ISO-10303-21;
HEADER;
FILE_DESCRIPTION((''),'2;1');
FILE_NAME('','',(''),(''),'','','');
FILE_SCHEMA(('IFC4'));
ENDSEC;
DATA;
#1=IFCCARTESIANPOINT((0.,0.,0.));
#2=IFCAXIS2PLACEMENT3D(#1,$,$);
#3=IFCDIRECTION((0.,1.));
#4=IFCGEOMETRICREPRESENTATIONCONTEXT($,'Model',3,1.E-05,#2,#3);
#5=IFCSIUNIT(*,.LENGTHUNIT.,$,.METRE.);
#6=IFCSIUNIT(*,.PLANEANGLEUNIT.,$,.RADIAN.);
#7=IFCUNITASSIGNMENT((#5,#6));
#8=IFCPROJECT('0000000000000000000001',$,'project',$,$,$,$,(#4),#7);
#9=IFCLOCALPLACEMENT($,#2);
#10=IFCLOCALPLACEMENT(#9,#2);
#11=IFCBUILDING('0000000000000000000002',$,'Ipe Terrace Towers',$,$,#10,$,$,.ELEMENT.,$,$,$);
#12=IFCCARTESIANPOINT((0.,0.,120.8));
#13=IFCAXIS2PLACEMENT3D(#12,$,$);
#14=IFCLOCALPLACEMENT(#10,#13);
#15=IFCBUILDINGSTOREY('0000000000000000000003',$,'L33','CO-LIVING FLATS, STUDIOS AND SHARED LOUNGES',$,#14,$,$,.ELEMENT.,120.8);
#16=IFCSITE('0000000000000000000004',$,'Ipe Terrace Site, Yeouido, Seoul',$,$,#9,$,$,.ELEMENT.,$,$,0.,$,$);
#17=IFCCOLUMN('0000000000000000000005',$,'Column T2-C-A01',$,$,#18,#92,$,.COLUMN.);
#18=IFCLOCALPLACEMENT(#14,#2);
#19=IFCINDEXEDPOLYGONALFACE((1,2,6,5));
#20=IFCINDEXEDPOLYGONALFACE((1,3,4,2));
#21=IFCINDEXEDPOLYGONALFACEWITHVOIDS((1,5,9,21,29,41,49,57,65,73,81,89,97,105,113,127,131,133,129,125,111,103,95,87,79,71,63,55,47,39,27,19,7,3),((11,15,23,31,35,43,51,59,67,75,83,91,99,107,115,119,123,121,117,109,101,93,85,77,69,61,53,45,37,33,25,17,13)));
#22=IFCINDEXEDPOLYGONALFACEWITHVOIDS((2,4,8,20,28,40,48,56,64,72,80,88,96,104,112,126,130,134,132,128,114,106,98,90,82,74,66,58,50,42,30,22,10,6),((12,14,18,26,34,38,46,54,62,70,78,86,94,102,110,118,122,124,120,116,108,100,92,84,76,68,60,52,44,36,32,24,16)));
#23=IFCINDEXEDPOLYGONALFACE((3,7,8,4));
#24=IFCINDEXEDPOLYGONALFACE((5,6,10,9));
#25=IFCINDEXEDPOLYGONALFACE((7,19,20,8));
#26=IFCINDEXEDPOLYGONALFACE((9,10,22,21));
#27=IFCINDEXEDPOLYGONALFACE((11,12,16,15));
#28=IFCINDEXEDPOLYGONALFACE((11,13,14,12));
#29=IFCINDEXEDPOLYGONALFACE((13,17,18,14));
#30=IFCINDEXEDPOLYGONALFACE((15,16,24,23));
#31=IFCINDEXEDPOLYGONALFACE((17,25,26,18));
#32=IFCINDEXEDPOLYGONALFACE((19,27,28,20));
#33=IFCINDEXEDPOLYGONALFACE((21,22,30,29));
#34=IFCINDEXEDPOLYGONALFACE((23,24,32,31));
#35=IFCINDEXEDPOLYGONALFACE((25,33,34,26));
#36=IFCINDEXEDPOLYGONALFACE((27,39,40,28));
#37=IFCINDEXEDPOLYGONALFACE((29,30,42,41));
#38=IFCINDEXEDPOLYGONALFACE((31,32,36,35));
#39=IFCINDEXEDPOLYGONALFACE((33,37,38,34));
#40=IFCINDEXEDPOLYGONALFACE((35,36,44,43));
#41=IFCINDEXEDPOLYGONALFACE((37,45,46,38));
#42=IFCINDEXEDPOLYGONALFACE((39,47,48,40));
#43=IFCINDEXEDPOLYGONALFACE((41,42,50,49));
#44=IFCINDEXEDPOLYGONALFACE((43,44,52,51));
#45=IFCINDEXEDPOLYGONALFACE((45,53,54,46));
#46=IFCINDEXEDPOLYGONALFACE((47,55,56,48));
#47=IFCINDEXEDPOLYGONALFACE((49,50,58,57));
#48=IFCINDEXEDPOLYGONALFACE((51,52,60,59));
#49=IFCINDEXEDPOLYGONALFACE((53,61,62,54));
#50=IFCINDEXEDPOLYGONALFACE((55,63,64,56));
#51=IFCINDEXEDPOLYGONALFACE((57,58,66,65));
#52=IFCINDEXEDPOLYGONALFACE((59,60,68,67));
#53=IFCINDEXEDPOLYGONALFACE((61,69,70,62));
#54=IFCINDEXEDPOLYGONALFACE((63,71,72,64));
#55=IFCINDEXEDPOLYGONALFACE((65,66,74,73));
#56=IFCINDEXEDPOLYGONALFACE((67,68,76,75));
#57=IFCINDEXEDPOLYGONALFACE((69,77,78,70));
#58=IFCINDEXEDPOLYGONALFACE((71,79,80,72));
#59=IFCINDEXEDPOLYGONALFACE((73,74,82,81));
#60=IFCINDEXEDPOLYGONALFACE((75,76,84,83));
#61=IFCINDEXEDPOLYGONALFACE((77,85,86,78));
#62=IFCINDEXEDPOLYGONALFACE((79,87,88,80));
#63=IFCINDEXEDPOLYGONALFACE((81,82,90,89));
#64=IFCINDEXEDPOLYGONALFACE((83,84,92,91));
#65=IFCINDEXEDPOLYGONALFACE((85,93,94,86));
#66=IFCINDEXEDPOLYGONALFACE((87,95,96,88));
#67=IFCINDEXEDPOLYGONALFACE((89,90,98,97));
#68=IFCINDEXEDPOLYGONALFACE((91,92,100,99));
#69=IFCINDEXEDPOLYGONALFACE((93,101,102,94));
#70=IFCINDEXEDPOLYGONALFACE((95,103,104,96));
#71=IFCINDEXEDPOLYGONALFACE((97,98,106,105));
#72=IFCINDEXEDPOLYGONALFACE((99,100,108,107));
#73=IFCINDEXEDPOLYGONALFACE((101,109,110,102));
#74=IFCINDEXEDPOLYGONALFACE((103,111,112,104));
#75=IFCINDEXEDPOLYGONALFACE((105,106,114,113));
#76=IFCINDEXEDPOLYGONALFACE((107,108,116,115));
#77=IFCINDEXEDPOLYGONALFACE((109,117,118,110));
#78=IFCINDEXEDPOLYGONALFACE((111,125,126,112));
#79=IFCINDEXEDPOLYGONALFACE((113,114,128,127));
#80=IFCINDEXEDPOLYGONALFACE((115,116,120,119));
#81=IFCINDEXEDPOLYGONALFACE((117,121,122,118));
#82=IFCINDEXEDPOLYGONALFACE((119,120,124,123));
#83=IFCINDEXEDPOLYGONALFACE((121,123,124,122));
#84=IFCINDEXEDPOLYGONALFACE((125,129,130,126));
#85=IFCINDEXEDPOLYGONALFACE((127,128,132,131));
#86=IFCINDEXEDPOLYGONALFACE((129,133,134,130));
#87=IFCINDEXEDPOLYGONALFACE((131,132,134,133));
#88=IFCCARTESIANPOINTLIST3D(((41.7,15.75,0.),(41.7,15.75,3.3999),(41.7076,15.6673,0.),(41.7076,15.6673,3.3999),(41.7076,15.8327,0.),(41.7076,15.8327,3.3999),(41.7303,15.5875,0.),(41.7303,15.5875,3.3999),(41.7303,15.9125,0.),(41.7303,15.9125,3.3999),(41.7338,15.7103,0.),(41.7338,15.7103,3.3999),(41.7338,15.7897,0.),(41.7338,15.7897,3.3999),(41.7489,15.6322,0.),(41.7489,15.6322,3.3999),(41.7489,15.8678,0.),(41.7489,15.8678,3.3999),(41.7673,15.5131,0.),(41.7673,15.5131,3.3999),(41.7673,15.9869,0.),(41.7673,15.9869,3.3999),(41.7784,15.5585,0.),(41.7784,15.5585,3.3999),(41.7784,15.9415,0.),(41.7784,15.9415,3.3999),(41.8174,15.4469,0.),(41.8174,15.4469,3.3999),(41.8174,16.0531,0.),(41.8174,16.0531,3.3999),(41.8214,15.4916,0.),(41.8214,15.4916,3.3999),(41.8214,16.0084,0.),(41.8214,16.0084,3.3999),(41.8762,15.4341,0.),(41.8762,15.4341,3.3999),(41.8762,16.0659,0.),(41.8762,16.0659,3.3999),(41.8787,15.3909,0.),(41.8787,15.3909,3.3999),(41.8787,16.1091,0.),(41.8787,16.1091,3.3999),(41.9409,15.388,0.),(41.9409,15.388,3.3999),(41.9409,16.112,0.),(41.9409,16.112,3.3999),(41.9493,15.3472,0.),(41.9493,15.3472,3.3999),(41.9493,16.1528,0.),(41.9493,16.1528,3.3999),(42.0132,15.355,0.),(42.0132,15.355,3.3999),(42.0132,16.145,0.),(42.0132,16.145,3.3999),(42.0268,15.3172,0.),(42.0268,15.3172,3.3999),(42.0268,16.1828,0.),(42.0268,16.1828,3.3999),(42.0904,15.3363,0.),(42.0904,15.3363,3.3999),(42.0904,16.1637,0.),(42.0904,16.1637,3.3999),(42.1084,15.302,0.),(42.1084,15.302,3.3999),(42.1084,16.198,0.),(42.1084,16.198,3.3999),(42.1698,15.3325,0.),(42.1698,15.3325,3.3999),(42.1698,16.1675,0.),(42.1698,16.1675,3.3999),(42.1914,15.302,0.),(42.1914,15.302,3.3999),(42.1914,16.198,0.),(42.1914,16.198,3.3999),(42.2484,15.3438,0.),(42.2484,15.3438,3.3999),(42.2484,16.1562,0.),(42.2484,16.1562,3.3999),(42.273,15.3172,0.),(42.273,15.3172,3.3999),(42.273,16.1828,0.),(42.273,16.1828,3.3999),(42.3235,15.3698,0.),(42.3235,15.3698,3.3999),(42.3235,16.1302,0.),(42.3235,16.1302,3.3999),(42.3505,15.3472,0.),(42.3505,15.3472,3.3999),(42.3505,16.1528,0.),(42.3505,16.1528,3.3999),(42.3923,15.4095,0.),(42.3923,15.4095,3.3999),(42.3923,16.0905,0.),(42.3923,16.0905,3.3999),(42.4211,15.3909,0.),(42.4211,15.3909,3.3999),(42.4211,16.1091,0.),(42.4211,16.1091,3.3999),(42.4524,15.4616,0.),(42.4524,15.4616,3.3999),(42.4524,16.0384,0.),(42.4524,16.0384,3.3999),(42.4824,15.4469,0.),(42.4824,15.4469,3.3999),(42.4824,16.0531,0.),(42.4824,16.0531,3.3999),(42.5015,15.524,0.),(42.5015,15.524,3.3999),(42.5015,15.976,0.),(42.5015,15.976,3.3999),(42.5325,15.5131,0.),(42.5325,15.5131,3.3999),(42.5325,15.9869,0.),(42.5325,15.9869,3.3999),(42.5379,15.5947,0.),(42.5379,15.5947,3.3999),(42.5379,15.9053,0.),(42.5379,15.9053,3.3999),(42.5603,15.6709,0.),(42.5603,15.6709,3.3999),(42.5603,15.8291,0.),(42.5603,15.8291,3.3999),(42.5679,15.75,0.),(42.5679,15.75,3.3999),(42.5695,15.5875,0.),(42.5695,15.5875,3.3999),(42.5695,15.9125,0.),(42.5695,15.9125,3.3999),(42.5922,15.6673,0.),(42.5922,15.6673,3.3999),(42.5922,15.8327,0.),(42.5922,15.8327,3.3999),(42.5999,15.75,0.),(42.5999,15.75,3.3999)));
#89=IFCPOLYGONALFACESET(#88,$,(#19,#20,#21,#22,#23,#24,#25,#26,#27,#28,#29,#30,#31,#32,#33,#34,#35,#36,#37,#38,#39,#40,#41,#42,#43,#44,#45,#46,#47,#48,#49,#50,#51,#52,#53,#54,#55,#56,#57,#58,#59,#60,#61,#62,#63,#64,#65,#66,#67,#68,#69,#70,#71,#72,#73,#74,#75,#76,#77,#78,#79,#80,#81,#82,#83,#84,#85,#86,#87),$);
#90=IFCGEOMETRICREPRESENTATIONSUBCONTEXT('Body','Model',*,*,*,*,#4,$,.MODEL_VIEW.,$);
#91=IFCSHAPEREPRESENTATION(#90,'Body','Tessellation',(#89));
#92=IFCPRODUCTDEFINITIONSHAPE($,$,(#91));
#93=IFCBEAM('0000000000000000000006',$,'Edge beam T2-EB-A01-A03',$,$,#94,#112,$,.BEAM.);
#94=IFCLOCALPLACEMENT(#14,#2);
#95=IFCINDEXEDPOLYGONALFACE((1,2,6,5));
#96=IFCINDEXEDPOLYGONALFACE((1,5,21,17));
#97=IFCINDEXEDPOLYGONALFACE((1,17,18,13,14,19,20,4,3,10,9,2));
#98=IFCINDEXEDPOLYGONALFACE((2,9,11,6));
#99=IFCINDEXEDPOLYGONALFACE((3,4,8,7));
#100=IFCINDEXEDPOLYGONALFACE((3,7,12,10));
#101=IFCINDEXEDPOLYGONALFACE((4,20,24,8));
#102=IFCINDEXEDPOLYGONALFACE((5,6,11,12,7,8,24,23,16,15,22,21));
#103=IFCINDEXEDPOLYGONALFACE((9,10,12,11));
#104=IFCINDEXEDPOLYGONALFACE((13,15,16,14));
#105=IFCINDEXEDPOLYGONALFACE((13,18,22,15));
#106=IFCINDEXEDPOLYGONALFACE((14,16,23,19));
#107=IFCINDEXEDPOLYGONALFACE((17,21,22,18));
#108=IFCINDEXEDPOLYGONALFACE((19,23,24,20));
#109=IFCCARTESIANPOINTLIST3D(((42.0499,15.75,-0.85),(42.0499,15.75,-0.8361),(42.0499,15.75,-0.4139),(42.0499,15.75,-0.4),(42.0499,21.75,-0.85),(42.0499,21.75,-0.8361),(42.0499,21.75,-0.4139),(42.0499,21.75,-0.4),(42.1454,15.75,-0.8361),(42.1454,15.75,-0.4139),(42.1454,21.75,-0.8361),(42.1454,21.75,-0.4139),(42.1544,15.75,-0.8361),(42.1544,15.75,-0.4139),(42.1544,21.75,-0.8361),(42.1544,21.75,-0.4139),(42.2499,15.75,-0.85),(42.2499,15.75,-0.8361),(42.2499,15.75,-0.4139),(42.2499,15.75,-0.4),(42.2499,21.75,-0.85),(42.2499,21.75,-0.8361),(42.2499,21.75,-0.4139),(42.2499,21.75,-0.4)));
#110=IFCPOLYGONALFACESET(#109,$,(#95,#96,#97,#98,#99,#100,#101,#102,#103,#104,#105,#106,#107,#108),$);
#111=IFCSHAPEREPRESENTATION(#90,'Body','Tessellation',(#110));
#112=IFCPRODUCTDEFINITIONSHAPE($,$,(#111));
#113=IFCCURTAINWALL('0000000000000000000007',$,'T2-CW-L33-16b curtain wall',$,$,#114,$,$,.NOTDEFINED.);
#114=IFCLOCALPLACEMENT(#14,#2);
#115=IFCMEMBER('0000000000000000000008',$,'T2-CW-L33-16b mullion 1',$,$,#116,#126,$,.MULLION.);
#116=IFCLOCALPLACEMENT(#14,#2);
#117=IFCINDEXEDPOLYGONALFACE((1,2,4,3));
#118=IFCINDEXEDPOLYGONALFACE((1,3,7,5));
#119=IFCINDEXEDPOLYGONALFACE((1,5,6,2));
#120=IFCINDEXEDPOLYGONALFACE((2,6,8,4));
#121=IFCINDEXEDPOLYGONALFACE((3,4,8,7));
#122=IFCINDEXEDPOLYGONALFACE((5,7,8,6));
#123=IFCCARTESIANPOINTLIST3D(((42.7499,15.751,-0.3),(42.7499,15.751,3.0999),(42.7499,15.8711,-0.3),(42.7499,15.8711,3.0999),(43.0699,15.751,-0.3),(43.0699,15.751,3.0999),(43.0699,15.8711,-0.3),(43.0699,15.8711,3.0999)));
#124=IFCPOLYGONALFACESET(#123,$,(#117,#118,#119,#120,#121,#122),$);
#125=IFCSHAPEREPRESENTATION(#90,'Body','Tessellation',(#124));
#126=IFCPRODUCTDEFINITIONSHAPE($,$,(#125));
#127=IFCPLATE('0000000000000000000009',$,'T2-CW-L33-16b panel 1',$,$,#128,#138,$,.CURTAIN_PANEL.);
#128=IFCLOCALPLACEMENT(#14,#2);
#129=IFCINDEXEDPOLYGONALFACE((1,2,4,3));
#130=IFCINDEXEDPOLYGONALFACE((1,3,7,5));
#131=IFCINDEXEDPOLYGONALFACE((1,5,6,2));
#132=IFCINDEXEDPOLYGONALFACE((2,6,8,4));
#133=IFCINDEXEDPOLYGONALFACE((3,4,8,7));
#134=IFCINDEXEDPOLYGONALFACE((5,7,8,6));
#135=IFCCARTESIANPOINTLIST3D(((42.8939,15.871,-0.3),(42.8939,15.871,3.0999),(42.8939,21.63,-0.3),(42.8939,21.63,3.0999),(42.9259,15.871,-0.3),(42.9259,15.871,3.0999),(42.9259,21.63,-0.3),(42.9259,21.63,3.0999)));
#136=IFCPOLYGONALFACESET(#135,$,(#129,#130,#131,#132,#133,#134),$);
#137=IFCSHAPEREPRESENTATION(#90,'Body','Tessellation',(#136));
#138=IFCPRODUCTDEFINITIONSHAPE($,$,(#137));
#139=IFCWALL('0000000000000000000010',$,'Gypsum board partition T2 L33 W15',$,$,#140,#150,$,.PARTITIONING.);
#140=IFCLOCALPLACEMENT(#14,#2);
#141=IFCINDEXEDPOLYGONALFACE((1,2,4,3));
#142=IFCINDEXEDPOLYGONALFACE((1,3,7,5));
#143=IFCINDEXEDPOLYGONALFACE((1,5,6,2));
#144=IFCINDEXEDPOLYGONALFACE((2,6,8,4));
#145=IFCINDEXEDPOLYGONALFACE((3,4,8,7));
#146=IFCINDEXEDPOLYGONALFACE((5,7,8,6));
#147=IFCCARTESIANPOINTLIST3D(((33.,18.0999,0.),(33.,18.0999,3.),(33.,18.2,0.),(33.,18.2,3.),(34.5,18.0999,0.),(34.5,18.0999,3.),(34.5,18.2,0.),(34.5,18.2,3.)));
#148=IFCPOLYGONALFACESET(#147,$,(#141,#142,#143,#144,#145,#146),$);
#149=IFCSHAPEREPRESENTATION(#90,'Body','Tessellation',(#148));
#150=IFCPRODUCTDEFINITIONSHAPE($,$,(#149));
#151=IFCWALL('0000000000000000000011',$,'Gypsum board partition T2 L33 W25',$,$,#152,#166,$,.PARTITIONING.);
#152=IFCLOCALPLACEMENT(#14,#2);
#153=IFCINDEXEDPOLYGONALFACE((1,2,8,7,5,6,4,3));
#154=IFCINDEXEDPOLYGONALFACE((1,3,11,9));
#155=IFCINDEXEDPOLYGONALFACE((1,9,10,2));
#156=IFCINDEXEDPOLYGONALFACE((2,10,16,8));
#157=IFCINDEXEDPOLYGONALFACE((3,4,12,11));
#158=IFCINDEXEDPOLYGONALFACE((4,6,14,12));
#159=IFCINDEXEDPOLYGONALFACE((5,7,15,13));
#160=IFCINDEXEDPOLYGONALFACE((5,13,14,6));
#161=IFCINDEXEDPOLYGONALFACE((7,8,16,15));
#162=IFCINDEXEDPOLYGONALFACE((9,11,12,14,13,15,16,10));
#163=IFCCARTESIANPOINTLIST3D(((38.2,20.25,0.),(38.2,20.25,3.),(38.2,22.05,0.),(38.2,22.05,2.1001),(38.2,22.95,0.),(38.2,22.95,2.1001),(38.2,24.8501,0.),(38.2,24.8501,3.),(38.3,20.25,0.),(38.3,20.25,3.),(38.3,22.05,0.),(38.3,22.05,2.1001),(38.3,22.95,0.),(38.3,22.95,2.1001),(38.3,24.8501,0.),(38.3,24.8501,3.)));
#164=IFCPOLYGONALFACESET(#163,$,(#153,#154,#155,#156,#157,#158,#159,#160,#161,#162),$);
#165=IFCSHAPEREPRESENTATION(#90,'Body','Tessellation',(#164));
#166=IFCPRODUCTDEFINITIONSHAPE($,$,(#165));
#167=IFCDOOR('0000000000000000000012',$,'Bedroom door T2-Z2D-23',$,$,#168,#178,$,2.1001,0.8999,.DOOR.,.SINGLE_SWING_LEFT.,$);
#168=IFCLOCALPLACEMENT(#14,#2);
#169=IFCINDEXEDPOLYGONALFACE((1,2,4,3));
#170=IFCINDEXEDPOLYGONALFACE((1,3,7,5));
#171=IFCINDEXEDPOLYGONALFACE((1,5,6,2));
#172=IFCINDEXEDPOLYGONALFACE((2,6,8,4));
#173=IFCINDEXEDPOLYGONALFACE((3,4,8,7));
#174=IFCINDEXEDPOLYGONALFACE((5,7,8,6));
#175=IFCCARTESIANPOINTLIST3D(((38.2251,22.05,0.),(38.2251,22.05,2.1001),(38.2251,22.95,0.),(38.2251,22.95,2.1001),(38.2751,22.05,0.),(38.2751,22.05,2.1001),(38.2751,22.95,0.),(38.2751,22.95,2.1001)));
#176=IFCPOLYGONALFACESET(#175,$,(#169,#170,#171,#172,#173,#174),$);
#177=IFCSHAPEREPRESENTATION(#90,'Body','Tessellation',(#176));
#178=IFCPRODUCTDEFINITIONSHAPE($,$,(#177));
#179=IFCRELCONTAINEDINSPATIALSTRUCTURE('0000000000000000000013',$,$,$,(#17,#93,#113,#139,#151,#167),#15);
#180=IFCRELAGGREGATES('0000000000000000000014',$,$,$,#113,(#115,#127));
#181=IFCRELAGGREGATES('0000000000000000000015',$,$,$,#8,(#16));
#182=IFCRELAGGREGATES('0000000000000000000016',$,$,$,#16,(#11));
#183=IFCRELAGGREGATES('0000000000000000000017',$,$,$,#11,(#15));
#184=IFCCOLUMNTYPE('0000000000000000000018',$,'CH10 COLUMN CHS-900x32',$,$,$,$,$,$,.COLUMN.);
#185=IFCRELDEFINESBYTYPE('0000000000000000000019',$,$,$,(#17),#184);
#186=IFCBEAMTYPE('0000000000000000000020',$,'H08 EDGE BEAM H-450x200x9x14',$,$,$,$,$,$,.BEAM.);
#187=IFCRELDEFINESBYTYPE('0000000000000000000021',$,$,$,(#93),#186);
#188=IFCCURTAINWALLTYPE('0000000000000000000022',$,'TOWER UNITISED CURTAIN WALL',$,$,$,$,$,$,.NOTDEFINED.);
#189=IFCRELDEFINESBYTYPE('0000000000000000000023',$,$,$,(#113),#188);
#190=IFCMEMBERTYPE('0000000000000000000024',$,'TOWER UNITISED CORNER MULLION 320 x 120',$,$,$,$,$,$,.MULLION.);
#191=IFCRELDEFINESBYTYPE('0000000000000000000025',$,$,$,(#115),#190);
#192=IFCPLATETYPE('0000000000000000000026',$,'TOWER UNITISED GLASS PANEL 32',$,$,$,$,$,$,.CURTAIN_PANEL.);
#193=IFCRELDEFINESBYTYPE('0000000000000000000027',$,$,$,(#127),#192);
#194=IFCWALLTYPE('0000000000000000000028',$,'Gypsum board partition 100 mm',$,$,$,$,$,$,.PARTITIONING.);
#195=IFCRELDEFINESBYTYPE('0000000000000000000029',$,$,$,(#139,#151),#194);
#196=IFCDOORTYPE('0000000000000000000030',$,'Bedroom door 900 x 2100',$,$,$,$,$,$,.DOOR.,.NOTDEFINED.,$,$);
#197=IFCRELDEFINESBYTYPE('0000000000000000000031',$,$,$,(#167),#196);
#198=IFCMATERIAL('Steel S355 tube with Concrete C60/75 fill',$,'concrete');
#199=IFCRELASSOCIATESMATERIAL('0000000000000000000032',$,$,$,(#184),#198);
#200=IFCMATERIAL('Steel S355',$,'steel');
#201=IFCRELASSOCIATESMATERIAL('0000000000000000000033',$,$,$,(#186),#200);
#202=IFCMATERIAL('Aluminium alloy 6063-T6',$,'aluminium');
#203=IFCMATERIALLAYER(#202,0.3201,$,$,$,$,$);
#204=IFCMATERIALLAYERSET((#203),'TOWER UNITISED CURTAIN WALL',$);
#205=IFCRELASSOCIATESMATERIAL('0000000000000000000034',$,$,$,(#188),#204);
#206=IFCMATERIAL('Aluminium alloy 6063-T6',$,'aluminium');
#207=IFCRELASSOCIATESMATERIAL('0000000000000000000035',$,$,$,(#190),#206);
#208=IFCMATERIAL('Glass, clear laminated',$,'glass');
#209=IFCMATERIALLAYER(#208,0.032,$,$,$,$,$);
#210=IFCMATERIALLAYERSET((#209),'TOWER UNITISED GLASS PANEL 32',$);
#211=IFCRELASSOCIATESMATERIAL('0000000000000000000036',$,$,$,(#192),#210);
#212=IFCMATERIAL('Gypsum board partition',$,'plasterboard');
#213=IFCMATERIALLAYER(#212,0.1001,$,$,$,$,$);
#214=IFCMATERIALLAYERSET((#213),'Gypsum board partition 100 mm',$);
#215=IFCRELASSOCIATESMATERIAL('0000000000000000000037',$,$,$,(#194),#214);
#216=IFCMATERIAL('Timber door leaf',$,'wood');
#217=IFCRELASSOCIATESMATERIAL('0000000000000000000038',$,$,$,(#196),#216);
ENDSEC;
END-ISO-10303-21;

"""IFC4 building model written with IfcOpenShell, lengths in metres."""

from ifc_helpers import new_model, si_unit, direction, frame, frame_2d, origin, origin_2d, place, context, subcontext, project, spatial, rectangle, hollow_circle, i_section, extrude, material, layer, layer_set, material_profile, profile_set, type_object, element, fill, aggregate, save


model = new_model("IFC4")

# Units and contexts
model_context = context("Model", 3, precision=1e-05, world=origin(), true_north=direction((0.0, 1.0)))
body_context = subcontext(model_context, "Body", "Model", "MODEL_VIEW")
ifc_project = project(units=[si_unit("LENGTHUNIT", "METRE"), si_unit("PLANEANGLEUNIT", "RADIAN")], contexts=[model_context])

# Site, building, storey
site_placement = place(None, origin())
site = spatial("IfcSite", under=ifc_project, at=site_placement, Name="Ipe Terrace Site, Yeouido, Seoul", CompositionType="ELEMENT", RefElevation=0.0)
building_placement = place(site_placement, origin())
building = spatial("IfcBuilding", under=site, at=building_placement, Name="Ipe Terrace Towers", CompositionType="ELEMENT")
storey_placement = place(building_placement, frame((0.0, 0.0, 120.8)))
storey = spatial("IfcBuildingStorey", under=building, at=storey_placement, Name="L33", Description="CO-LIVING FLATS, STUDIOS AND SHARED LOUNGES", CompositionType="ELEMENT", Elevation=120.8)

# Column
ifc_material_1 = material(Name="Steel S355 tube with Concrete C60/75 fill", Category="concrete")
ifc_material_profile_1 = material_profile(ifc_material_1, hollow_circle(Radius=0.45, WallThickness=0.032, at=origin_2d()), Name="CHS-900x32")
ifc_profile_set_1 = profile_set([ifc_material_profile_1], Name="Steel S355 tube with Concrete C60/75 fill")
column_type = type_object("IfcColumnType", Name="CH10 COLUMN CHS-900x32", PredefinedType="COLUMN", material=ifc_profile_set_1)
column_placement = place(storey_placement, frame((42.1499, 15.75, 0.0), z_axis=(0.0, 0.0, 1.0), x_axis=(1.0, 0.0, 0.0)))
element("IfcColumn", 1, at=column_placement, inside=storey, type_object=column_type, Name="Column T2-C-A01", PredefinedType="COLUMN", context=body_context, shape_type="SweptSolid", body=[
    extrude(hollow_circle(Radius=0.45, WallThickness=0.032, at=origin_2d()), origin(), (0.0, 0.0, 1.0), 3.3999),
])

# Beam
ifc_material_2 = material(Name="Steel S355", Category="steel")
ifc_material_profile_2 = material_profile(ifc_material_2, i_section(OverallWidth=0.2, OverallDepth=0.45, WebThickness=0.009, FlangeThickness=0.0139, at=origin_2d()), Name="H-450x200x9x14")
ifc_profile_set_2 = profile_set([ifc_material_profile_2], Name="Steel S355")
beam_type = type_object("IfcBeamType", Name="H08 EDGE BEAM H-450x200x9x14", PredefinedType="BEAM", material=ifc_profile_set_2)
beam_placement = place(storey_placement, frame((42.1499, 15.75, -0.625), z_axis=(0.0, 1.0, 0.0), x_axis=(-1.0, 0.0, 0.0)))
element("IfcBeam", 2, at=beam_placement, inside=storey, type_object=beam_type, Name="Edge beam T2-EB-A01-A03", PredefinedType="BEAM", context=body_context, shape_type="SweptSolid", body=[
    extrude(i_section(OverallWidth=0.2, OverallDepth=0.45, WebThickness=0.009, FlangeThickness=0.0139, at=origin_2d()), origin(), (0.0, 0.0, 1.0), 6.0),
])

# Curtain wall, member, plate
ifc_material_3 = material(Name="Aluminium alloy 6063-T6", Category="aluminium")
ifc_layer_1 = layer(ifc_material_3, 0.3201)
ifc_layer_set_1 = layer_set([ifc_layer_1], Name="TOWER UNITISED CURTAIN WALL")
curtain_wall_type = type_object("IfcCurtainWallType", Name="TOWER UNITISED CURTAIN WALL", PredefinedType="NOTDEFINED", material=ifc_layer_set_1)
curtain_wall_placement = place(storey_placement, origin())
curtain_wall = element("IfcCurtainWall", 3, at=curtain_wall_placement, inside=storey, type_object=curtain_wall_type, Name="T2-CW-L33-16b curtain wall", PredefinedType="NOTDEFINED")
ifc_material_4 = material(Name="Aluminium alloy 6063-T6", Category="aluminium")
ifc_material_profile_3 = material_profile(ifc_material_4, rectangle(XDim=0.3201, YDim=0.1201, at=origin_2d()), Name="TOWER UNITISED CORNER MULLION 320 x 120")
ifc_profile_set_3 = profile_set([ifc_material_profile_3], Name="Aluminium alloy 6063-T6")
member_type = type_object("IfcMemberType", Name="TOWER UNITISED CORNER MULLION 320 x 120", PredefinedType="MULLION", material=ifc_profile_set_3)
member_placement = place(storey_placement, frame((42.9099, 15.811, -0.3), z_axis=(0.0, 0.0, 1.0), x_axis=(1.0, 0.0, 0.0)))
member = element("IfcMember", 4, at=member_placement, type_object=member_type, Name="T2-CW-L33-16b mullion 1", PredefinedType="MULLION", context=body_context, shape_type="SweptSolid", body=[
    extrude(rectangle(XDim=0.3201, YDim=0.1201, at=origin_2d()), origin(), (0.0, 0.0, 1.0), 3.3999),
])
ifc_material_5 = material(Name="Glass, clear laminated", Category="glass")
ifc_layer_2 = layer(ifc_material_5, 0.032)
ifc_layer_set_2 = layer_set([ifc_layer_2], Name="TOWER UNITISED GLASS PANEL 32")
plate_type = type_object("IfcPlateType", Name="TOWER UNITISED GLASS PANEL 32", PredefinedType="CURTAIN_PANEL", material=ifc_layer_set_2)
plate_placement = place(storey_placement, frame((42.9099, 18.7505, -0.3), z_axis=(0.0, 0.0, 1.0), x_axis=(0.0, 1.0, 0.0)))
plate = element("IfcPlate", 5, at=plate_placement, type_object=plate_type, Name="T2-CW-L33-16b panel 1", PredefinedType="CURTAIN_PANEL", context=body_context, shape_type="SweptSolid", body=[
    extrude(rectangle(XDim=5.759, YDim=0.032, at=origin_2d()), origin(), (0.0, 0.0, 1.0), 3.3999),
])
aggregate(curtain_wall, [member, plate])

# Wall
ifc_material_6 = material(Name="Gypsum board partition", Category="plasterboard")
ifc_layer_3 = layer(ifc_material_6, 0.1001)
ifc_layer_set_3 = layer_set([ifc_layer_3], Name="Gypsum board partition 100 mm")
wall_type_1 = type_object("IfcWallType", Name="Gypsum board partition 100 mm", PredefinedType="PARTITIONING", material=ifc_layer_set_3)
wall_1_placement = place(storey_placement, frame((34.5, 18.1499, 0.0), z_axis=(0.0, 0.0, 1.0), x_axis=(-1.0, 0.0, 0.0)))
element("IfcWall", 6, at=wall_1_placement, inside=storey, type_object=wall_type_1, Name="Gypsum board partition T2 L33 W15", PredefinedType="PARTITIONING", context=body_context, shape_type="SweptSolid", body=[
    extrude(rectangle(XDim=1.5, YDim=0.1001, at=frame_2d((0.75, 0.0))), origin(), (0.0, 0.0, 1.0), 3.0),
])

# Wall, opening, door
wall_2_placement = place(storey_placement, frame((38.25, 20.25, 0.0), z_axis=(0.0, 0.0, 1.0), x_axis=(0.0, 1.0, 0.0)))
wall_2 = element("IfcWall", 7, at=wall_2_placement, inside=storey, type_object=wall_type_1, Name="Gypsum board partition T2 L33 W25", PredefinedType="PARTITIONING", context=body_context, shape_type="SweptSolid", body=[
    extrude(rectangle(XDim=4.6001, YDim=0.1001, at=frame_2d((2.3, 0.0))), origin(), (0.0, 0.0, 1.0), 3.0),
])
opening_1_placement = place(wall_2_placement, frame((1.8, 0.0, 0.0)))
opening_1 = element("IfcOpeningElement", 8, at=opening_1_placement, cuts=wall_2, PredefinedType="OPENING", context=body_context, shape_type="SweptSolid", body=[
    extrude(rectangle(XDim=0.8999, YDim=2.1001, at=frame_2d((0.45, 1.05))), frame((0.0, 0.0601, 0.0), z_axis=(0.0, -1.0, 0.0), x_axis=(1.0, 0.0, 0.0)), (0.0, 0.0, 1.0), 0.1201),
])
ifc_material_7 = material(Name="Timber door leaf", Category="wood")
door_type_1 = type_object("IfcDoorType", Name="Bedroom door 900 x 2100", OperationType="NOTDEFINED", PredefinedType="DOOR", material=ifc_material_7)
door_1_placement = place(opening_1_placement, origin())
door_1 = element("IfcDoor", 9, at=door_1_placement, inside=storey, type_object=door_type_1, Name="Bedroom door T2-Z2D-23", OperationType="SINGLE_SWING_LEFT", OverallHeight=2.1001, OverallWidth=0.8999, PredefinedType="DOOR", context=body_context, shape_type="SweptSolid", body=[
    extrude(rectangle(XDim=0.8999, YDim=2.1001, at=frame_2d((0.45, 1.05))), frame((0.0, 0.0249, 0.0), z_axis=(0.0, -1.0, 0.0), x_axis=(1.0, 0.0, 0.0)), (0.0, 0.0, 1.0), 0.05),
])
fill(opening_1, door_1)

save(model, "model.ifc")
